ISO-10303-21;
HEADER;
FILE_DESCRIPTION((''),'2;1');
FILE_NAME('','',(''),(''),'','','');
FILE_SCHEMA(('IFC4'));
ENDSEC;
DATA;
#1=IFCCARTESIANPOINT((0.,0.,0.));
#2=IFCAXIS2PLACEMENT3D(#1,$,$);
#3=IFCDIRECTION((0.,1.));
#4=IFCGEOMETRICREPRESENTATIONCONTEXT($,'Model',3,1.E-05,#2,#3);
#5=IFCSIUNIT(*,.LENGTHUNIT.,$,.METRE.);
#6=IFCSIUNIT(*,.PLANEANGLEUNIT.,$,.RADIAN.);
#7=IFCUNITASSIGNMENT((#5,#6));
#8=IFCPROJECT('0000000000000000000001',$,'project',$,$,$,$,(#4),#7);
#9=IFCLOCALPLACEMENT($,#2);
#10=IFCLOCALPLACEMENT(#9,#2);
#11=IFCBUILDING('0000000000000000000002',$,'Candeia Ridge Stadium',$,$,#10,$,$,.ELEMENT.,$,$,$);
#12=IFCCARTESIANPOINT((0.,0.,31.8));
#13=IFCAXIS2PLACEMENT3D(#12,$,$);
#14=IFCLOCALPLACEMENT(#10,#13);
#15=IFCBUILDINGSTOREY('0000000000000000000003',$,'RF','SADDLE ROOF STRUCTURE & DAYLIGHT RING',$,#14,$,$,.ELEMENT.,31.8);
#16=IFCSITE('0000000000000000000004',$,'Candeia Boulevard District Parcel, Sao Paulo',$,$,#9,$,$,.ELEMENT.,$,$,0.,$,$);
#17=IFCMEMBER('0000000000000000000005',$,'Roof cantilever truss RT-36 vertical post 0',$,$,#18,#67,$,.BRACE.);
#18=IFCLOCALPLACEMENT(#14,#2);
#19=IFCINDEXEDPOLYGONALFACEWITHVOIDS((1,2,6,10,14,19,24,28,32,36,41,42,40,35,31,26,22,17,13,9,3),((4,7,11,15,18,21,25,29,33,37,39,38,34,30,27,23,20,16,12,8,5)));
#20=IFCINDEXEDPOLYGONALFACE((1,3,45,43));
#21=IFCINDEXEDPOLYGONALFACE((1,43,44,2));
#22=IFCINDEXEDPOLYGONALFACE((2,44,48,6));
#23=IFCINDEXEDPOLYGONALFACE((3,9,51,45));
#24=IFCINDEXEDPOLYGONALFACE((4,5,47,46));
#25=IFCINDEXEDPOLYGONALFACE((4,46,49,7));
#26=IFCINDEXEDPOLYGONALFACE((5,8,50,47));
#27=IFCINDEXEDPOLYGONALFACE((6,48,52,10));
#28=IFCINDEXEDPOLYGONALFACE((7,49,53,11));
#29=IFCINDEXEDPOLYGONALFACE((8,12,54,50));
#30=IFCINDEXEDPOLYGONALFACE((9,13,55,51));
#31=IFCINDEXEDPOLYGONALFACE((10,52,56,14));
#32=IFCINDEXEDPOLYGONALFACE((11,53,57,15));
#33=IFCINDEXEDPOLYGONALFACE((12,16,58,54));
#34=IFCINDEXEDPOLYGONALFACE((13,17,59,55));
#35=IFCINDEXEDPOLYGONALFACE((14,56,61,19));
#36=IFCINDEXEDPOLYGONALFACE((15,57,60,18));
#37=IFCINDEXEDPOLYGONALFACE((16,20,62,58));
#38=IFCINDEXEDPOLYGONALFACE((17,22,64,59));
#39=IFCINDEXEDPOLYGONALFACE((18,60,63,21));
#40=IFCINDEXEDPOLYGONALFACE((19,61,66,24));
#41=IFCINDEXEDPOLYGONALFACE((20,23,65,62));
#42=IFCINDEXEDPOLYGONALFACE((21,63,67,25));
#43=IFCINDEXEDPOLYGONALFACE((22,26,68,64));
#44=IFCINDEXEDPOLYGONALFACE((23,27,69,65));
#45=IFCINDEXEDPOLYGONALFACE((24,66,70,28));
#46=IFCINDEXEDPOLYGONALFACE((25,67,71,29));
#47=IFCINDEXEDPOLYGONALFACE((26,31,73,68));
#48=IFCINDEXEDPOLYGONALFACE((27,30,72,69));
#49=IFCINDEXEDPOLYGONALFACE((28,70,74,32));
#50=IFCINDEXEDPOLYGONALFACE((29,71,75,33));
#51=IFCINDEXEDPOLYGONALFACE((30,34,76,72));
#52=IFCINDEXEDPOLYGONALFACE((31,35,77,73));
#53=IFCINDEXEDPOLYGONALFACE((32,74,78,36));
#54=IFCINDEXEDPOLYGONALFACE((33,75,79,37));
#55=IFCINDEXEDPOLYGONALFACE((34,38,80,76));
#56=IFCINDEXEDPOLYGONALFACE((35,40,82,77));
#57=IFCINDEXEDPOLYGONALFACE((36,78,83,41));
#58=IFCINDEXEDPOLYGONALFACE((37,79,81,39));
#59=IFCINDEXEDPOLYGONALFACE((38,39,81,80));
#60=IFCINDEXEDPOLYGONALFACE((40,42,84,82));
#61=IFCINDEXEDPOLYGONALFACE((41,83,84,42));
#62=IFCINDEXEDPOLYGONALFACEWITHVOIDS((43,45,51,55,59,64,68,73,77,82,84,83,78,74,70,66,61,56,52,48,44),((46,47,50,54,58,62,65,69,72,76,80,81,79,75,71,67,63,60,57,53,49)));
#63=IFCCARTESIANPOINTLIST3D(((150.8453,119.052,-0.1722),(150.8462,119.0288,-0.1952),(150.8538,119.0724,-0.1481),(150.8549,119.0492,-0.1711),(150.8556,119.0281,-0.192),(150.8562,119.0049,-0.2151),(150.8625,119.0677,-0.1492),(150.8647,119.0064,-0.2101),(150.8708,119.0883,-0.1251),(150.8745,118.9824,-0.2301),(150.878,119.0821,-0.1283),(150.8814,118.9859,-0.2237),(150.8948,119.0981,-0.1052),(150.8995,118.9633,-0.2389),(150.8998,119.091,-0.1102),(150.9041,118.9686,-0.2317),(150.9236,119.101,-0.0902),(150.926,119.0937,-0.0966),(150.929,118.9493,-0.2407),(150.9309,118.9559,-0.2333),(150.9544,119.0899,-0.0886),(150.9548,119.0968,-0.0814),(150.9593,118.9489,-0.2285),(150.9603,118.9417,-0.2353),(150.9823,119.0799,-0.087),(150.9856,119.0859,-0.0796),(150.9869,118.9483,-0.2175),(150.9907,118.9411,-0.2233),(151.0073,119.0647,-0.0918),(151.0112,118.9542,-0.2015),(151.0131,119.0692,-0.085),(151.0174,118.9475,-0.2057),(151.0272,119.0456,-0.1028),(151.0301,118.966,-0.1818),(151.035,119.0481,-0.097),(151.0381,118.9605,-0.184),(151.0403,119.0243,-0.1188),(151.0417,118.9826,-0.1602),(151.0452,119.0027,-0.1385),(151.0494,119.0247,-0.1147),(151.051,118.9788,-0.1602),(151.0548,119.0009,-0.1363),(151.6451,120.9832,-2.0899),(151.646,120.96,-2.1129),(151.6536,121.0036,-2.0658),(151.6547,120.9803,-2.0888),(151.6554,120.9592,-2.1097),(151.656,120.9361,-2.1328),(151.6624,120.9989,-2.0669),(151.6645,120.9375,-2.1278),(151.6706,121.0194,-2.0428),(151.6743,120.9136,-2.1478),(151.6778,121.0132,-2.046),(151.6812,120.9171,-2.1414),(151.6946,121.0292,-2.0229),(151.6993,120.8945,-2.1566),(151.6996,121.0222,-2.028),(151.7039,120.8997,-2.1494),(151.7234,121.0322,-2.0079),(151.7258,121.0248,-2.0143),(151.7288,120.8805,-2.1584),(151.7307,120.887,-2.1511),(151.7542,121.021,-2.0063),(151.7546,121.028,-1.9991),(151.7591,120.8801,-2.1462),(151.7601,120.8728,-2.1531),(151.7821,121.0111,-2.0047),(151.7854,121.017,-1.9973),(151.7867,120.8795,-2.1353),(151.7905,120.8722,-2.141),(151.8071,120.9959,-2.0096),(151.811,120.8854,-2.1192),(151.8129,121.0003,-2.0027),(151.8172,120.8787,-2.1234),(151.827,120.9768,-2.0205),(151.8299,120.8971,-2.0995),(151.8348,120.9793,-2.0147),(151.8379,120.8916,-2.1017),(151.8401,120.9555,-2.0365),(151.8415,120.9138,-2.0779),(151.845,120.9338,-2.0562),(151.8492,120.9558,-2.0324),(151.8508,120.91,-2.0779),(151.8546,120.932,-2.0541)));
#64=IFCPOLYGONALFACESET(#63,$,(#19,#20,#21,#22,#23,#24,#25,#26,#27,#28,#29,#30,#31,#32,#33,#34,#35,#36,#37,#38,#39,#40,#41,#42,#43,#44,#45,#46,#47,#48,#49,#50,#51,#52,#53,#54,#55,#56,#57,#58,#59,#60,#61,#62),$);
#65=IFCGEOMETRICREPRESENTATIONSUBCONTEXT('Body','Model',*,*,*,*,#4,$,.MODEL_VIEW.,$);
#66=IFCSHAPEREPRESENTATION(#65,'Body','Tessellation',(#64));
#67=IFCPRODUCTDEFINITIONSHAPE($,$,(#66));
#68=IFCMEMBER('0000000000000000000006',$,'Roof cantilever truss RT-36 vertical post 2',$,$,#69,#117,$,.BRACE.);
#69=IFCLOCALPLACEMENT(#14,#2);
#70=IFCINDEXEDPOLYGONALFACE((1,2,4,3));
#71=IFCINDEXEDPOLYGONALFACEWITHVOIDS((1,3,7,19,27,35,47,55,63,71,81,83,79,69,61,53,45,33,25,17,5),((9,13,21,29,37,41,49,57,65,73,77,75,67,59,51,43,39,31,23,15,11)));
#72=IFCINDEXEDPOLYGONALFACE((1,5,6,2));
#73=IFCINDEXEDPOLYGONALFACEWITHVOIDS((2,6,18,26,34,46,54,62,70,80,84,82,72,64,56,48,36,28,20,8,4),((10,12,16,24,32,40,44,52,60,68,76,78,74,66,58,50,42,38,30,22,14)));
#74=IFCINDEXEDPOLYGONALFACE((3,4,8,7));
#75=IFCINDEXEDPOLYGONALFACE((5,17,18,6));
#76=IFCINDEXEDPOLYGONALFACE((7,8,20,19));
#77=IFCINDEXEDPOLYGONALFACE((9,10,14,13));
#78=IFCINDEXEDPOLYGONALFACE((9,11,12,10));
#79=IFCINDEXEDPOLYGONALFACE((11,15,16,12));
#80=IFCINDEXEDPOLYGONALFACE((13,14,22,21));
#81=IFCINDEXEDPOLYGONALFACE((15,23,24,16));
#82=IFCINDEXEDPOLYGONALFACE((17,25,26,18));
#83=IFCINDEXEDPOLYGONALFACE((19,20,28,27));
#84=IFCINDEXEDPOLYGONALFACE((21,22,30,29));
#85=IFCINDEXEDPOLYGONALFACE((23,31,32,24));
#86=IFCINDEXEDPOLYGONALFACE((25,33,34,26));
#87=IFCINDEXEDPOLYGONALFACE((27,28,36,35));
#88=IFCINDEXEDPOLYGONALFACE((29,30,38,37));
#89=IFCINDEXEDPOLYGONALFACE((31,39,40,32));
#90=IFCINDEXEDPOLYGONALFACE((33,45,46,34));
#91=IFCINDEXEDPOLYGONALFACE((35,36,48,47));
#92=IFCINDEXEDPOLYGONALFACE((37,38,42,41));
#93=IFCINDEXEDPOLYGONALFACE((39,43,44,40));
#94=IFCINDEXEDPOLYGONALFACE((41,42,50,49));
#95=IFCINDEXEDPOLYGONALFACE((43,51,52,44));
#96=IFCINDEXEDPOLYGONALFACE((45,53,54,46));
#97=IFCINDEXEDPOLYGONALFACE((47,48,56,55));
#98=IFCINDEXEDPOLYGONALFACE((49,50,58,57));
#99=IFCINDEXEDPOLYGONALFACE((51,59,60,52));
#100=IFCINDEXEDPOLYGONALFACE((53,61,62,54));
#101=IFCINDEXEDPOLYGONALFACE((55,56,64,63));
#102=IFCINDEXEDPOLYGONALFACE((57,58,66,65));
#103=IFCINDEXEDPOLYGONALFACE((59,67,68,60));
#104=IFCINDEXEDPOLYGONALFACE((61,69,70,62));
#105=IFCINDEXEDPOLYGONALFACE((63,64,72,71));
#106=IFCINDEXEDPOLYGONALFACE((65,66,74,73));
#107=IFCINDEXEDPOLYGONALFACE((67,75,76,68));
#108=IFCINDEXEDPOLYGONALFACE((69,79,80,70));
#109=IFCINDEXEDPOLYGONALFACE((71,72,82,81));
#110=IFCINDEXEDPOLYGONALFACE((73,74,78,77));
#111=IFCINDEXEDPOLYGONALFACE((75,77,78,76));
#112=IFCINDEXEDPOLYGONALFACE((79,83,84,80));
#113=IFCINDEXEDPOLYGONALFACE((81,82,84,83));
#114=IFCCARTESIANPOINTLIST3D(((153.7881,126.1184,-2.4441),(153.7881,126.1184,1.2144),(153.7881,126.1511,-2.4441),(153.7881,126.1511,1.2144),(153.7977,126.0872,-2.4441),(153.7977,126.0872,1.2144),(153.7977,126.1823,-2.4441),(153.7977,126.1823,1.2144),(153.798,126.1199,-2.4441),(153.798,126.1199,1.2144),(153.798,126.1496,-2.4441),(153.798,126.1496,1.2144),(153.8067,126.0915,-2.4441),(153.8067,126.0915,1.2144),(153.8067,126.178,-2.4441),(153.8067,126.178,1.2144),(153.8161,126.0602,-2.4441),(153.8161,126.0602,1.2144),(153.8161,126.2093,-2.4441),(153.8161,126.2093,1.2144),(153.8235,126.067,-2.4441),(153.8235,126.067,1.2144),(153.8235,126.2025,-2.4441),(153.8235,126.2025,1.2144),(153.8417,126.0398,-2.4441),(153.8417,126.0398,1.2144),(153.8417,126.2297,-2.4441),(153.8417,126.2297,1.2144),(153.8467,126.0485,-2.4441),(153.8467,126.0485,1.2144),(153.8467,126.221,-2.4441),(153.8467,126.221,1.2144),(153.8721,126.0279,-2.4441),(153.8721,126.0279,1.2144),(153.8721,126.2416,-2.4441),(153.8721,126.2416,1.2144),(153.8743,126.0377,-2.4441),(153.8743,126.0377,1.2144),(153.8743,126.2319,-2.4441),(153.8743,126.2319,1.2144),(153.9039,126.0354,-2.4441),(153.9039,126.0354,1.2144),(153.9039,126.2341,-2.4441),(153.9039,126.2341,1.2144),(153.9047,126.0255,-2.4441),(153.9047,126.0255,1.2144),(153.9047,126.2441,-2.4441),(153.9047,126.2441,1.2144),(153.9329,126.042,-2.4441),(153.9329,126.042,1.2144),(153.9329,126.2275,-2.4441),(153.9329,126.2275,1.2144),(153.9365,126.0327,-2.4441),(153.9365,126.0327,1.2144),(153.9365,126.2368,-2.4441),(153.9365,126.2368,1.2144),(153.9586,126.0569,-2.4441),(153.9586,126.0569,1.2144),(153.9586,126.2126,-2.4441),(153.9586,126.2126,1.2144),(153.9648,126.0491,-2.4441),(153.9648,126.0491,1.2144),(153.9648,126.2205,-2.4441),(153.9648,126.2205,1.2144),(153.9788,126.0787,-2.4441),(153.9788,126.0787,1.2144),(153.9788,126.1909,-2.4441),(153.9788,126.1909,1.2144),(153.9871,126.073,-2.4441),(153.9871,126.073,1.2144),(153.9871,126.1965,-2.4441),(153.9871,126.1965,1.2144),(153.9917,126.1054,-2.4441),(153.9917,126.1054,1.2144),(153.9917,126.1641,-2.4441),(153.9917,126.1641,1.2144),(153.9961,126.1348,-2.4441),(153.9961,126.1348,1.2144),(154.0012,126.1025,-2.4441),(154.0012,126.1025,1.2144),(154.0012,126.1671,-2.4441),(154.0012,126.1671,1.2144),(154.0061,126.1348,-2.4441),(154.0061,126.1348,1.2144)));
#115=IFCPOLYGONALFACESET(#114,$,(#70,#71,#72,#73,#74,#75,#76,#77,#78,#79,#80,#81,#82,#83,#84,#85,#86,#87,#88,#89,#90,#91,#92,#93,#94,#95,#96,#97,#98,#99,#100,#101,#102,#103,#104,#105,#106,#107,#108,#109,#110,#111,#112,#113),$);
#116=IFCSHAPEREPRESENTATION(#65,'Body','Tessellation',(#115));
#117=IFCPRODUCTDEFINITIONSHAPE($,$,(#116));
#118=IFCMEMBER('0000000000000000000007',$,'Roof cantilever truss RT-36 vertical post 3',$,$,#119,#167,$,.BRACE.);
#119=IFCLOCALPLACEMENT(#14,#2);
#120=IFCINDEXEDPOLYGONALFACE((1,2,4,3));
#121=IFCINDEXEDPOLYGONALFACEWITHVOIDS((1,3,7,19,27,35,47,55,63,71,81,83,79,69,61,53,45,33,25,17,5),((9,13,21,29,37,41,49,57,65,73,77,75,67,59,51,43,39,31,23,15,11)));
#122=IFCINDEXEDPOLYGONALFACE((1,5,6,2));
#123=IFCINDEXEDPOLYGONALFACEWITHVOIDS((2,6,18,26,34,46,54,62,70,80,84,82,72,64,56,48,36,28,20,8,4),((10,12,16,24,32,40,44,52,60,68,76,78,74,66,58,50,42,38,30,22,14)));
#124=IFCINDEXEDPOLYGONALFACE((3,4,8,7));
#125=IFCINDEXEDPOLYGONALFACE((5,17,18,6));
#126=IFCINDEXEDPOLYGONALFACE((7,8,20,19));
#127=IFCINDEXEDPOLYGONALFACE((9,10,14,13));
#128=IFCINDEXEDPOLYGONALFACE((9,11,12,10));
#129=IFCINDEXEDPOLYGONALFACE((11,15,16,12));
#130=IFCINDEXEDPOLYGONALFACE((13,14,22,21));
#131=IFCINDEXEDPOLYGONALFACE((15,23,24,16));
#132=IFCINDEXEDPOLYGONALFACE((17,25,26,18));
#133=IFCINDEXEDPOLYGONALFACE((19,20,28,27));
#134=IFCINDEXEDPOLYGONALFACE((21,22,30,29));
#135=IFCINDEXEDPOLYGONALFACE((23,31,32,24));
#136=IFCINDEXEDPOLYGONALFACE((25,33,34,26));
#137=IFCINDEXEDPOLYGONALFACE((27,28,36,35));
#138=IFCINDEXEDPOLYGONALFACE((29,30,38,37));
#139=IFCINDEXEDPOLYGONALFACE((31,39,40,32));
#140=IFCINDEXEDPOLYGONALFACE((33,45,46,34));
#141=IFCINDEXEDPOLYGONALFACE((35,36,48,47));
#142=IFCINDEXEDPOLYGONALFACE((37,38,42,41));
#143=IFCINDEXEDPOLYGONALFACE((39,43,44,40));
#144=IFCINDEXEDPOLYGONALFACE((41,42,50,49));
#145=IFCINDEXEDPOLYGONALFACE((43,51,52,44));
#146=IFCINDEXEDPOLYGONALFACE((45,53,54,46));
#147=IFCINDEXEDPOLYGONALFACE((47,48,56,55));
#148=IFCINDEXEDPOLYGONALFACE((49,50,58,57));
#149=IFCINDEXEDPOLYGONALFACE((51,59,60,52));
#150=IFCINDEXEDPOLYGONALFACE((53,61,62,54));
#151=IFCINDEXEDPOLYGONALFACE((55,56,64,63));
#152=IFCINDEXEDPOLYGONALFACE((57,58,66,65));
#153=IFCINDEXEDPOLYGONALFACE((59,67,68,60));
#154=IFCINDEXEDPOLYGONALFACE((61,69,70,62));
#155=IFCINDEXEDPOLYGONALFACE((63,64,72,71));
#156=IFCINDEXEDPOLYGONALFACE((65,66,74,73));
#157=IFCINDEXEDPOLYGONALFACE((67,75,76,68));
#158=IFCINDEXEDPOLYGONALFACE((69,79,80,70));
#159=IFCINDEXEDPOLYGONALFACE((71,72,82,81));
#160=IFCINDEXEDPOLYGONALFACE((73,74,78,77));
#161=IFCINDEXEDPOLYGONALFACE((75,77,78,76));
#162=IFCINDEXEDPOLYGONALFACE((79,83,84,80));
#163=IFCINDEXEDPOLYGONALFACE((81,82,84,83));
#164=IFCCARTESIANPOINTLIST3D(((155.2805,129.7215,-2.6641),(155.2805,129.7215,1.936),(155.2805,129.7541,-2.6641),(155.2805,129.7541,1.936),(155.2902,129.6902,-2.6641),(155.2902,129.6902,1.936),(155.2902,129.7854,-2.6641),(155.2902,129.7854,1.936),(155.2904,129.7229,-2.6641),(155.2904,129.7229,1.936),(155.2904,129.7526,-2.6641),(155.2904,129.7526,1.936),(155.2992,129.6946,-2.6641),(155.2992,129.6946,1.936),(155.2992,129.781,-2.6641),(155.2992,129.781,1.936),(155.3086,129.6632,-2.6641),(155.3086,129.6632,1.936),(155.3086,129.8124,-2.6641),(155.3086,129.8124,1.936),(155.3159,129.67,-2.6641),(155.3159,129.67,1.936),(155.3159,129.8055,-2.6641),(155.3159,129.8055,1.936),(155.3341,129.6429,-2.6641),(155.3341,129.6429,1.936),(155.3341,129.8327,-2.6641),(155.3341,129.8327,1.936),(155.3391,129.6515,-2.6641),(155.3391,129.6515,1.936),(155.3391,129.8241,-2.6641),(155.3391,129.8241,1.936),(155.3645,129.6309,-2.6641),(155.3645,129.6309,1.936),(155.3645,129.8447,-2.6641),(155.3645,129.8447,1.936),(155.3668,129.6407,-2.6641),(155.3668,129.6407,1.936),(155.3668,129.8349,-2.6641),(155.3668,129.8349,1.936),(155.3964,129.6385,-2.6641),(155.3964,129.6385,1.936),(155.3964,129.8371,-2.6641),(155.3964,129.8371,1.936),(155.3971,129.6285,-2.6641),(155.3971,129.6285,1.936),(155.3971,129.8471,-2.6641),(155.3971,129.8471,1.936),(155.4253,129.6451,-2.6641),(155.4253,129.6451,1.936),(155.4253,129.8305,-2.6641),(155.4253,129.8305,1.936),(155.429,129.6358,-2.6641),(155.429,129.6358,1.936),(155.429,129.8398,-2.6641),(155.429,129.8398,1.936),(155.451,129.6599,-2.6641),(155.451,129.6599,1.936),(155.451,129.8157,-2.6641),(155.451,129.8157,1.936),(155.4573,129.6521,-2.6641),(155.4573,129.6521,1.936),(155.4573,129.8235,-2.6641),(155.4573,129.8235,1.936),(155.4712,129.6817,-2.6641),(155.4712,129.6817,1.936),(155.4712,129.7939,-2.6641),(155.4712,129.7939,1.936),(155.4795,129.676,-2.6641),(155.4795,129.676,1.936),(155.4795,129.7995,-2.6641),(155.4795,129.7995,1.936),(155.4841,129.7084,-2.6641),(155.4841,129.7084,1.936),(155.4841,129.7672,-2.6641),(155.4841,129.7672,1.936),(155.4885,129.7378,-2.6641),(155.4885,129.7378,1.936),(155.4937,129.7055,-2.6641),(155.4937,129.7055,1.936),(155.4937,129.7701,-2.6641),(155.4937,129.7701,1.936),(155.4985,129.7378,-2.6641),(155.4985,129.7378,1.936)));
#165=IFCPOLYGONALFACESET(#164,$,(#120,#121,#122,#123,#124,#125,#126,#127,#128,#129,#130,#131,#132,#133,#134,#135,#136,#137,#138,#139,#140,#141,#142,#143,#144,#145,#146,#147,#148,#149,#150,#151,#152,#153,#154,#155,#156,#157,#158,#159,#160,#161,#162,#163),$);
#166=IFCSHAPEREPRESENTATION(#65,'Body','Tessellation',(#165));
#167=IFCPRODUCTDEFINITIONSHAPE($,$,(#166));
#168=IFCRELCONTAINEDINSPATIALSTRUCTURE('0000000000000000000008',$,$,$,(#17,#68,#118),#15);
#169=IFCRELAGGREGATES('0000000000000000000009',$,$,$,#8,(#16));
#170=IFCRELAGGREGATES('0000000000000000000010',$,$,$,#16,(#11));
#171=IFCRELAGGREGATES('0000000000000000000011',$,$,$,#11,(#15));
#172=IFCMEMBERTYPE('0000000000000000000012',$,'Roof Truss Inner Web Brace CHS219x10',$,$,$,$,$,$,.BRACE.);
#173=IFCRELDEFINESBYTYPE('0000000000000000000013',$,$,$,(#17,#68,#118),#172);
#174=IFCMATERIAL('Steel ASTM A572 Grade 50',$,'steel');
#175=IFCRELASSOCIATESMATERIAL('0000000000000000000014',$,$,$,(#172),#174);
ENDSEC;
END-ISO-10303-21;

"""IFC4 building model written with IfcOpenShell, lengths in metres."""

from ifc_helpers import new_model, si_unit, direction, frame, origin, origin_2d, place, context, subcontext, project, spatial, hollow_circle, extrude, material, material_profile, profile_set, type_object, element, save


model = new_model("IFC4")

# Units and contexts
model_context = context("Model", 3, precision=1e-05, world=origin(), true_north=direction((0.0, 1.0)))
body_context = subcontext(model_context, "Body", "Model", "MODEL_VIEW")
ifc_project = project(units=[si_unit("LENGTHUNIT", "METRE"), si_unit("PLANEANGLEUNIT", "RADIAN")], contexts=[model_context])

# Site, building, storey
site_placement = place(None, origin())
site = spatial("IfcSite", under=ifc_project, at=site_placement, Name="Candeia Boulevard District Parcel, Sao Paulo", CompositionType="ELEMENT", RefElevation=0.0)
building_placement = place(site_placement, origin())
building = spatial("IfcBuilding", under=site, at=building_placement, Name="Candeia Ridge Stadium", CompositionType="ELEMENT")
storey_placement = place(building_placement, frame((0.0, 0.0, 31.8)))
storey = spatial("IfcBuildingStorey", under=building, at=storey_placement, Name="RF", Description="SADDLE ROOF STRUCTURE & DAYLIGHT RING", CompositionType="ELEMENT", Elevation=31.8)

# Shared definitions
ifc_material_1 = material(Name="Steel ASTM A572 Grade 50", Category="steel")

# Members
ifc_material_profile_1 = material_profile(ifc_material_1, hollow_circle(Radius=0.1096, WallThickness=0.01, at=origin_2d()), Name="CHS219x10", Category="steel")
ifc_profile_set_1 = profile_set([ifc_material_profile_1], Name="Steel ASTM A572 Grade 50")
member_type_1 = type_object("IfcMemberType", Name="Roof Truss Inner Web Brace CHS219x10", PredefinedType="BRACE", material=ifc_profile_set_1)
member_1_placement = place(storey_placement, frame((151.7495, 120.9519, -2.0779), z_axis=(-0.281952, -0.680781, 0.676048), x_axis=(0.923897, -0.382641, 0.0)))
element("IfcMember", 1, at=member_1_placement, inside=storey, type_object=member_type_1, Name="Roof cantilever truss RT-36 vertical post 0", PredefinedType="BRACE", context=body_context, shape_type="SweptSolid", body=[
    extrude(hollow_circle(Radius=0.1096, WallThickness=0.01, at=origin_2d()), origin(), (0.0, 0.0, 1.0), 2.8367),
])
member_2_placement = place(storey_placement, frame((153.8965, 126.1348, -2.4441), z_axis=(0.0, 0.0, 1.0), x_axis=(1.0, 0.0, 0.0)))
element("IfcMember", 2, at=member_2_placement, inside=storey, type_object=member_type_1, Name="Roof cantilever truss RT-36 vertical post 2", PredefinedType="BRACE", context=body_context, shape_type="SweptSolid", body=[
    extrude(hollow_circle(Radius=0.1096, WallThickness=0.01, at=origin_2d()), origin(), (0.0, 0.0, 1.0), 3.6584),
])
member_3_placement = place(storey_placement, frame((155.3889, 129.7378, -2.6641), z_axis=(0.0, 0.0, 1.0), x_axis=(1.0, 0.0, 0.0)))
element("IfcMember", 3, at=member_3_placement, inside=storey, type_object=member_type_1, Name="Roof cantilever truss RT-36 vertical post 3", PredefinedType="BRACE", context=body_context, shape_type="SweptSolid", body=[
    extrude(hollow_circle(Radius=0.1096, WallThickness=0.01, at=origin_2d()), origin(), (0.0, 0.0, 1.0), 4.6001),
])

save(model, "model.ifc")
